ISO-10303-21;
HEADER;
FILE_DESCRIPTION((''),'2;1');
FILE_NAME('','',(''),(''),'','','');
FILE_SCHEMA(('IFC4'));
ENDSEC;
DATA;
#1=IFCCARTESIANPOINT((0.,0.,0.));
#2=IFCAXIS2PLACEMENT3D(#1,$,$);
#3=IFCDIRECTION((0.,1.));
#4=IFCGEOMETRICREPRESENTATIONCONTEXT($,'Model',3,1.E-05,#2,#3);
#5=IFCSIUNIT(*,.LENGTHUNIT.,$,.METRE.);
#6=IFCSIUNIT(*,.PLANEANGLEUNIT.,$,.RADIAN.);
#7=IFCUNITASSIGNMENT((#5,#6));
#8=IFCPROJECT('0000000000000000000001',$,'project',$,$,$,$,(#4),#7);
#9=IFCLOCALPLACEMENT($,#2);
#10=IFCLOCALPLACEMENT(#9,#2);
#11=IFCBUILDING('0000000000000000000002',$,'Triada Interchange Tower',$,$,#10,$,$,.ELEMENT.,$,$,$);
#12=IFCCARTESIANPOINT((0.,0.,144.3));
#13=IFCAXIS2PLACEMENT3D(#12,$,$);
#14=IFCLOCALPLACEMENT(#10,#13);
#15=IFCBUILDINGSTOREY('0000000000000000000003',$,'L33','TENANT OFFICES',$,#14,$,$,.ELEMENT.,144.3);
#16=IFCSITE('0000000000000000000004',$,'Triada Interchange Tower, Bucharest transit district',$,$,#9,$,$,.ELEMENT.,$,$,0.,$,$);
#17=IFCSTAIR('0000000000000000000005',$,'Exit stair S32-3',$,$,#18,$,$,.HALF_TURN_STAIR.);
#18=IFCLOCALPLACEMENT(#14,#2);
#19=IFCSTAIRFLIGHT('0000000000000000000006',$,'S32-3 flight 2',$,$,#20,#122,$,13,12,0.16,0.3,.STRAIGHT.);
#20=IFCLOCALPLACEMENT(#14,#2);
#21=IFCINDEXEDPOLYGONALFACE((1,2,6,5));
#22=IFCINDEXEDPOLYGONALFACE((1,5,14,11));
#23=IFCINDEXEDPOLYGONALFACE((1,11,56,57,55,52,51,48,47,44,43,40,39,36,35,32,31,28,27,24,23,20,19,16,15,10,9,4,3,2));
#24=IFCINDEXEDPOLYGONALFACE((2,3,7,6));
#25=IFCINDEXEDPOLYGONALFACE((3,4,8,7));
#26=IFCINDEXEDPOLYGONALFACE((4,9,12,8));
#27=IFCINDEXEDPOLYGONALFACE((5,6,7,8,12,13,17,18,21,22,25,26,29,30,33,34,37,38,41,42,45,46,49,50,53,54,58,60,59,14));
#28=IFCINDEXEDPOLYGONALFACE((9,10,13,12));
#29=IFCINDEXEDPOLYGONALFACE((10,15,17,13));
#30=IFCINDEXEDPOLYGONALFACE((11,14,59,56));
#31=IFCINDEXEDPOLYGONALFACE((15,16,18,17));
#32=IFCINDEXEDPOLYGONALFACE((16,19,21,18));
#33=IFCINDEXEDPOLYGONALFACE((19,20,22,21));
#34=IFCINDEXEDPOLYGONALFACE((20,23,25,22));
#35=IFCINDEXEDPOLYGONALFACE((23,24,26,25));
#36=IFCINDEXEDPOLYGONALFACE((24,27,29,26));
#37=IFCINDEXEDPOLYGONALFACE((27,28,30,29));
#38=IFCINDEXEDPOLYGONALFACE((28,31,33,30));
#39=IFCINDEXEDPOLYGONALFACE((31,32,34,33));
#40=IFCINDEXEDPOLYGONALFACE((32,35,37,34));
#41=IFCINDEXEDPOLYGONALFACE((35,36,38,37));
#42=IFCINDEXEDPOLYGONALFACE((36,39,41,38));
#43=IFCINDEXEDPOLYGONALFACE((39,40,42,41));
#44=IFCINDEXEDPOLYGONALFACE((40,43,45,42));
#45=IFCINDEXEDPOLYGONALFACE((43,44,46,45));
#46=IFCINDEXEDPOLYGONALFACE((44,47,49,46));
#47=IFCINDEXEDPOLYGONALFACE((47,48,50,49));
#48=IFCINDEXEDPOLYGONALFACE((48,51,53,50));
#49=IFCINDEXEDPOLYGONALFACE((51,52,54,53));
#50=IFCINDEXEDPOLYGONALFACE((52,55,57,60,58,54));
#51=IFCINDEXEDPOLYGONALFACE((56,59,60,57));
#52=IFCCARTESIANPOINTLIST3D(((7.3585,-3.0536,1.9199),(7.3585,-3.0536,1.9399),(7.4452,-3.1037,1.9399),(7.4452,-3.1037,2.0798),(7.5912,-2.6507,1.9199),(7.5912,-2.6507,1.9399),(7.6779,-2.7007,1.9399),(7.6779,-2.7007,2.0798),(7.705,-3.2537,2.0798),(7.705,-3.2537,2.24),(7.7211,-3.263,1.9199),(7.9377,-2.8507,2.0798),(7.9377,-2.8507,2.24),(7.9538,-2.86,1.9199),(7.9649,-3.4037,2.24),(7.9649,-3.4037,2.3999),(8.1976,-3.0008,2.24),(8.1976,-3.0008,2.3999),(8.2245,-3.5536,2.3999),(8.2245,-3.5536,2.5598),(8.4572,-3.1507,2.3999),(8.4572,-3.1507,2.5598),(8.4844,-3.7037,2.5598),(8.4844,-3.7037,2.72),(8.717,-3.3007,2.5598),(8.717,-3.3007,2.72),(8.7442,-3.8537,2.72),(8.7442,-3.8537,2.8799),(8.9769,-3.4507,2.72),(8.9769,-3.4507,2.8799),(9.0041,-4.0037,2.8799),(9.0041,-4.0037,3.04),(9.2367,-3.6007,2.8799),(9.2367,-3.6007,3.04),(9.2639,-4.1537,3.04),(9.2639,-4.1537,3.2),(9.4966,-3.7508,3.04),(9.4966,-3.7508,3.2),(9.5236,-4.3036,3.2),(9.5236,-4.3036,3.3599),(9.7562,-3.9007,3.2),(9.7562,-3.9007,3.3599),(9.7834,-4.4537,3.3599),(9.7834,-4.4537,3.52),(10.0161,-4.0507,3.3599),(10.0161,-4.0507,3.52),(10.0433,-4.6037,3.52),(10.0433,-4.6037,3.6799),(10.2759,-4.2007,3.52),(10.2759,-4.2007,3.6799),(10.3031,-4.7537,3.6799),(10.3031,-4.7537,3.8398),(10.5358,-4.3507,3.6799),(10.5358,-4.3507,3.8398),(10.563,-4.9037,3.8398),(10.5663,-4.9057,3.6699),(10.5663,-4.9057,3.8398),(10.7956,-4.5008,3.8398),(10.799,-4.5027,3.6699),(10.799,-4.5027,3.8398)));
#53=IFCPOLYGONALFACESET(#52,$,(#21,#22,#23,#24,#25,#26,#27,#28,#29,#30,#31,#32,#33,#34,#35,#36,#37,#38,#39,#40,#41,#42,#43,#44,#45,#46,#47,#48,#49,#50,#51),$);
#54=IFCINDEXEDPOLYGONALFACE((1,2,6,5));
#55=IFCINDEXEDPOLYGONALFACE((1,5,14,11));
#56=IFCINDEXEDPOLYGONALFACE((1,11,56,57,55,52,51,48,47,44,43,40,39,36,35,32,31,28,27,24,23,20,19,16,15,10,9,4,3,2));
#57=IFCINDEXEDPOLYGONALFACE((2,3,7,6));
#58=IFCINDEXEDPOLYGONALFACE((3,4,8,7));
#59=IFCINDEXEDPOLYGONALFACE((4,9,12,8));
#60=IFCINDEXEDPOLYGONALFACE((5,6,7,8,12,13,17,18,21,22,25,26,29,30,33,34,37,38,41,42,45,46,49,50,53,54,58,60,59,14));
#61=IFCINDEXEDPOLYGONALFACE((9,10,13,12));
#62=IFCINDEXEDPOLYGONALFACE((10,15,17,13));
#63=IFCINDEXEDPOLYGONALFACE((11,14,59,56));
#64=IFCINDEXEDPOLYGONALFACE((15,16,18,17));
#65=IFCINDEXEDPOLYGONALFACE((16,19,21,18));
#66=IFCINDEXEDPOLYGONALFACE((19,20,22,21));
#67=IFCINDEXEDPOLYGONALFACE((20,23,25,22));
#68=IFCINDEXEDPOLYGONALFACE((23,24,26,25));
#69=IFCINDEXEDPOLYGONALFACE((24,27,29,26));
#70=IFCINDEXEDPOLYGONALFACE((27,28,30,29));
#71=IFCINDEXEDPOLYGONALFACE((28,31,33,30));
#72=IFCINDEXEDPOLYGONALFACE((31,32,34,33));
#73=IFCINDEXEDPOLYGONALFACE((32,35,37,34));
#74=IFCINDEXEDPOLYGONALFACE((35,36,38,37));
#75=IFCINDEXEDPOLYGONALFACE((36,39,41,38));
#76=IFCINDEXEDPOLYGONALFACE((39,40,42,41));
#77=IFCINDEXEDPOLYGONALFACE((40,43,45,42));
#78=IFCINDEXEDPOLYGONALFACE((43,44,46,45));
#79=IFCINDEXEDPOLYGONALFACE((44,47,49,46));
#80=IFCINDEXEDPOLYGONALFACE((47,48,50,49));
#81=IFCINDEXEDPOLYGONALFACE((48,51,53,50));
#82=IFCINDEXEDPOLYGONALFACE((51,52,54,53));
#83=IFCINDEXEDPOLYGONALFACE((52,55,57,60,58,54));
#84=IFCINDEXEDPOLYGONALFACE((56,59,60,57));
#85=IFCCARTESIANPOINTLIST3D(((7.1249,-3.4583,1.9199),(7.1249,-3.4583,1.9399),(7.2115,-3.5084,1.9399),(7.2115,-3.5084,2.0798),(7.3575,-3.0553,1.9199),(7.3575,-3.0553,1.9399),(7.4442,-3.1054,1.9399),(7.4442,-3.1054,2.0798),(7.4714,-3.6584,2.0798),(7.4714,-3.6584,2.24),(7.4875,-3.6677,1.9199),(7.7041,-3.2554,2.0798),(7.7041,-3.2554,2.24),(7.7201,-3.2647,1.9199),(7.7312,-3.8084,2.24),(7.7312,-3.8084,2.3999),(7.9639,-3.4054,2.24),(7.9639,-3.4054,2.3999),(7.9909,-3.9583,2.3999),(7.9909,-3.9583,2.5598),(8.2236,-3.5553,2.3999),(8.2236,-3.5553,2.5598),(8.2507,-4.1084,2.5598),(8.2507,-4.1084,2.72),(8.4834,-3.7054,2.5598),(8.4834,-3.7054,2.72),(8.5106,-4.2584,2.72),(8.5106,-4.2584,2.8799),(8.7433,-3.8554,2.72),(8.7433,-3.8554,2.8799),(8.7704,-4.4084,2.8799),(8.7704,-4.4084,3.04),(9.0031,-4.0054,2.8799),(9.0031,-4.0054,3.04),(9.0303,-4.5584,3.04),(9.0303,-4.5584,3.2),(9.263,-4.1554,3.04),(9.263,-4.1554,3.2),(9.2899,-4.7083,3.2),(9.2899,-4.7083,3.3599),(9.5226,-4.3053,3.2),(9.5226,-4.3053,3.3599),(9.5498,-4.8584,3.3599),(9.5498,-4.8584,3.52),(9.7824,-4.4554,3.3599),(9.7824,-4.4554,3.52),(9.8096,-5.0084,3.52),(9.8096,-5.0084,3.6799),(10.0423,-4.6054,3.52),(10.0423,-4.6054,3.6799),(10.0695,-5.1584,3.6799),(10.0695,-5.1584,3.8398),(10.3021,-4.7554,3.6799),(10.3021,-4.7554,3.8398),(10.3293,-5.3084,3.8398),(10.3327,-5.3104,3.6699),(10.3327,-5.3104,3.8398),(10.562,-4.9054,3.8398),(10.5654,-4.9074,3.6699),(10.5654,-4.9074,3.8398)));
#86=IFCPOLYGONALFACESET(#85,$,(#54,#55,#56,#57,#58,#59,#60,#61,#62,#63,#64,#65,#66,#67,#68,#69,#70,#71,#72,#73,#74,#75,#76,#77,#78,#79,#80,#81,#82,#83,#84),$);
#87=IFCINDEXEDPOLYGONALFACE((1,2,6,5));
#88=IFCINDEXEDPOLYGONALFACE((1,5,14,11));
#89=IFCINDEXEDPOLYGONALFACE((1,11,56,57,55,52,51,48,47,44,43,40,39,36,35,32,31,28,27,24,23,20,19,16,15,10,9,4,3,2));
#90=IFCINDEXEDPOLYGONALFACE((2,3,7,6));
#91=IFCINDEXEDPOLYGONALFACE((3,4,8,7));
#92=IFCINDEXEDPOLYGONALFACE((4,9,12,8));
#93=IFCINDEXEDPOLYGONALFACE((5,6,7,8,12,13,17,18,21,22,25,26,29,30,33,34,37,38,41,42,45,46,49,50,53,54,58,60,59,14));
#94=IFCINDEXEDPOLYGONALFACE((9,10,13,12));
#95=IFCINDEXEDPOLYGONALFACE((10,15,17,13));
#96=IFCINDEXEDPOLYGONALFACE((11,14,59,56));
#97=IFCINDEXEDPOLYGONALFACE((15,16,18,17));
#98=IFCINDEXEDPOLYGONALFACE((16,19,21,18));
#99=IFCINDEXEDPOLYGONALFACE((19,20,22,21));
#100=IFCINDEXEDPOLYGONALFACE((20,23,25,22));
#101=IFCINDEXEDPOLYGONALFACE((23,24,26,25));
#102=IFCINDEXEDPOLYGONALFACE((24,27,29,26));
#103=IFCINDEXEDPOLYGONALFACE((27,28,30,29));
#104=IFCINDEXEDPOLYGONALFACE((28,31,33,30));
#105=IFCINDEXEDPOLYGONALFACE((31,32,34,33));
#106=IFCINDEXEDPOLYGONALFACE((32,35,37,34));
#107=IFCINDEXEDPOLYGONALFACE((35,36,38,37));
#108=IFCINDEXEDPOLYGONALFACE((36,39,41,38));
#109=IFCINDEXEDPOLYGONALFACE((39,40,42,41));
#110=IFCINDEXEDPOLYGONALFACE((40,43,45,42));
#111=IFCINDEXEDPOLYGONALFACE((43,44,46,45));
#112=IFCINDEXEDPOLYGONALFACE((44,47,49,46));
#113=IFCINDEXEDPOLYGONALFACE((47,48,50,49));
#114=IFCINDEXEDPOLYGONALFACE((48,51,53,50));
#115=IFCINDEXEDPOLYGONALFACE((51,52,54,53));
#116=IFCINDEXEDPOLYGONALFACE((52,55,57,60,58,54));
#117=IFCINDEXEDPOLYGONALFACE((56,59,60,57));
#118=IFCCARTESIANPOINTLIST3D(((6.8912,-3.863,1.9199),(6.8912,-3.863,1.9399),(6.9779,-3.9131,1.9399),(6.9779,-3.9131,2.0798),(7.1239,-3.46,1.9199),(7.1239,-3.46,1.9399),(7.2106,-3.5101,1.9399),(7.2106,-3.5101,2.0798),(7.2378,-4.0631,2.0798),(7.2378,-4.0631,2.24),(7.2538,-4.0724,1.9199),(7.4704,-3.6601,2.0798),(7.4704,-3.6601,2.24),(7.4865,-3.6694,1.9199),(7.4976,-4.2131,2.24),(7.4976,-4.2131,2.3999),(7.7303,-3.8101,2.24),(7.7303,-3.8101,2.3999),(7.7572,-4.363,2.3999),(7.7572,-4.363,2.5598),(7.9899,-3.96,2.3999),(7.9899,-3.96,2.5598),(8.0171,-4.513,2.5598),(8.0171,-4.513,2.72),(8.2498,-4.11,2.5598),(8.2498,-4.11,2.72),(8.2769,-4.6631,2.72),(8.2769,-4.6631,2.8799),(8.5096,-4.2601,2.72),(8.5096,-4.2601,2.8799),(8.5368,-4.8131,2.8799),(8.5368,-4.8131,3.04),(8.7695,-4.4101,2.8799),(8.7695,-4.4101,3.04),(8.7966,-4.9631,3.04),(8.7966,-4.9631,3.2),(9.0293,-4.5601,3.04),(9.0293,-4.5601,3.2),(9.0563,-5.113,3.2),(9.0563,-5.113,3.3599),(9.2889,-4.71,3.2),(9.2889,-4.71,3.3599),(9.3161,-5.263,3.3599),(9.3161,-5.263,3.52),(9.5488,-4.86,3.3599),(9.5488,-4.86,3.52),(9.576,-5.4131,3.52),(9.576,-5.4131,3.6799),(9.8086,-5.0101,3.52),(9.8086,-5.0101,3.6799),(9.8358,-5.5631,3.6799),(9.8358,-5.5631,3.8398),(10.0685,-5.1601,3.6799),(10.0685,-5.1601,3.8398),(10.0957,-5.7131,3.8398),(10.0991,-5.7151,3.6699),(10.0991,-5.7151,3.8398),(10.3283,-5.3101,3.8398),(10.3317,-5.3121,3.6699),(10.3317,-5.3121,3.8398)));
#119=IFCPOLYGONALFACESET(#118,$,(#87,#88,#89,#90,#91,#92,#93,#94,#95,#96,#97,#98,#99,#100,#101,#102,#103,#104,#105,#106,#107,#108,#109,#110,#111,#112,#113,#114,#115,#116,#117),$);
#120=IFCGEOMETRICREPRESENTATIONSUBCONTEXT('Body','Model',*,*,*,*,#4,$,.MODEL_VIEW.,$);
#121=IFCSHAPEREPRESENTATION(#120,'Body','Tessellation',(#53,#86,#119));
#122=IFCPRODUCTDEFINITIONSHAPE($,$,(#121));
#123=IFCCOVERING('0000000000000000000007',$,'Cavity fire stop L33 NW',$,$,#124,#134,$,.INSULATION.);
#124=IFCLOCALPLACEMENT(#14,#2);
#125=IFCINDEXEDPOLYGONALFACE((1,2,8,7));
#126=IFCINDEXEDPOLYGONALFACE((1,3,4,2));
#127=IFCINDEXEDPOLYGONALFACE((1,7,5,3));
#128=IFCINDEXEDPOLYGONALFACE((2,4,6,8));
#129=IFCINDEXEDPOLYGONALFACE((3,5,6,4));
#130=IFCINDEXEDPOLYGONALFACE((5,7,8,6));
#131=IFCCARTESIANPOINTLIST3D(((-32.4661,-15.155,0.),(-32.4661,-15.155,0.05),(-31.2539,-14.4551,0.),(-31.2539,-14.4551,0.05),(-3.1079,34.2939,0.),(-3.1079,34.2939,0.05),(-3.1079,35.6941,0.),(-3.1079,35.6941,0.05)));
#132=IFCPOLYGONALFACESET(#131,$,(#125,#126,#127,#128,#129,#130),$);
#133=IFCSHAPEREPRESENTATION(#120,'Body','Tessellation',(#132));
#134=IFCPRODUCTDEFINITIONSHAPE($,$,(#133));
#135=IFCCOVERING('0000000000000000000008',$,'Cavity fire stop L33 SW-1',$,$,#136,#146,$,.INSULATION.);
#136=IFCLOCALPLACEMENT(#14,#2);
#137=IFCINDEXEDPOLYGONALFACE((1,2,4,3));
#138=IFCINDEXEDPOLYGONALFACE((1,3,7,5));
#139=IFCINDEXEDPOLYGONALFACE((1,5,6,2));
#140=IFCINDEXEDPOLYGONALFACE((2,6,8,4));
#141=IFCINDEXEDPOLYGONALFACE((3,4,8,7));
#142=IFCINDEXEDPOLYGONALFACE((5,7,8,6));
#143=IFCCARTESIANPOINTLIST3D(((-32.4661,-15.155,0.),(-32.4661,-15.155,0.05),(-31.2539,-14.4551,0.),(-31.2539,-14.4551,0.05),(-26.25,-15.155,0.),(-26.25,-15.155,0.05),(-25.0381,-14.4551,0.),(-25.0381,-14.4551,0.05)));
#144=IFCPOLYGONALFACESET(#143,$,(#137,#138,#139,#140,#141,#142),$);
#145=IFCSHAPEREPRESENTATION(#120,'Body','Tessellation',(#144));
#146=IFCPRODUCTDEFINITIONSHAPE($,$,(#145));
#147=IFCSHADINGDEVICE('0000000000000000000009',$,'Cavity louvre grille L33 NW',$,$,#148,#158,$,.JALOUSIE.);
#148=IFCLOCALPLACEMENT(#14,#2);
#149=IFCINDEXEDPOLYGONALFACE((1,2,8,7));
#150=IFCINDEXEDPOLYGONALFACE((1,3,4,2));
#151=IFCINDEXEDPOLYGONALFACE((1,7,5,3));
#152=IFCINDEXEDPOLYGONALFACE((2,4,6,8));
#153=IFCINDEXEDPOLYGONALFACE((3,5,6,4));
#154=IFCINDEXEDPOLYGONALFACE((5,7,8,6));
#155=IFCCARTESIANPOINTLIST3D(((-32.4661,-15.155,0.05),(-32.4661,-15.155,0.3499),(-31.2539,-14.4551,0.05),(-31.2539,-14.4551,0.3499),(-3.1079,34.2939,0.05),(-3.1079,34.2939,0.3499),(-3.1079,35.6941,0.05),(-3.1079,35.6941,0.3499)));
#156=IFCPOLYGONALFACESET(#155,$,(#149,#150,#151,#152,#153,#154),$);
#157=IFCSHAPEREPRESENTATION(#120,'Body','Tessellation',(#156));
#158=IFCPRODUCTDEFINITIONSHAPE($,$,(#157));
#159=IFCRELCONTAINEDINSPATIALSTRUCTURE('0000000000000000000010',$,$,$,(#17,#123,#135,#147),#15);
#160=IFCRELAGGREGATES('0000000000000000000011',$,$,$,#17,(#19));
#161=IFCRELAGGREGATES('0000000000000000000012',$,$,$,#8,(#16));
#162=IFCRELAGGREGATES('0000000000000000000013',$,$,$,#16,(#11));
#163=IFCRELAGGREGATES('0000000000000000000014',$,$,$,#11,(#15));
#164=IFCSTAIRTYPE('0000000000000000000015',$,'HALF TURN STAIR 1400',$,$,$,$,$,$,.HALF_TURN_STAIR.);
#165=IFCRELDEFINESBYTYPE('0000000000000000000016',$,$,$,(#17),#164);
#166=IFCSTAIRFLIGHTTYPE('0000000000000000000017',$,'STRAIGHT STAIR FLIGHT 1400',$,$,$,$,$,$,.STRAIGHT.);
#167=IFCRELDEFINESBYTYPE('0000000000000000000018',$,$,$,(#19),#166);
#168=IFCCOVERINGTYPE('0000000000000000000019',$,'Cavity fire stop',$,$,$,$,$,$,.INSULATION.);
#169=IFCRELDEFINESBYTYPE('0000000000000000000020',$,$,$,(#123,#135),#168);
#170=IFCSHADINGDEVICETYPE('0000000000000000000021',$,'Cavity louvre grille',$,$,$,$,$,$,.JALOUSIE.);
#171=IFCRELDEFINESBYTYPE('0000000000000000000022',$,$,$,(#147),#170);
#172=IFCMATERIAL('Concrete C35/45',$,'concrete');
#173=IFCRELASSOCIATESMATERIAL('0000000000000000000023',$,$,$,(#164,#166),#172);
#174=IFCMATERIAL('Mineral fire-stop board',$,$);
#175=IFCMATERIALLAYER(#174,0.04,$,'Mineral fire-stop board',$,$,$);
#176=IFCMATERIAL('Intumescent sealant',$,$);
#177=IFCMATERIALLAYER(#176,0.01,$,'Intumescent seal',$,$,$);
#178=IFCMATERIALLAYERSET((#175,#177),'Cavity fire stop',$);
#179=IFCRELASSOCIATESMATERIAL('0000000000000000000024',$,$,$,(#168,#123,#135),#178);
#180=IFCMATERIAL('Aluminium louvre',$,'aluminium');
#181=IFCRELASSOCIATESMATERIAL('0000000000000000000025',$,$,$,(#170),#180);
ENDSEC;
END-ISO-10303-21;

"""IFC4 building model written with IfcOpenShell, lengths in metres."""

from ifc_helpers import new_model, si_unit, direction, frame, origin, place, context, subcontext, project, spatial, polyline, outline, extrude, material, layer, layer_set, layer_usage, type_object, element, aggregate, save


model = new_model("IFC4")

# Units and contexts
model_context = context("Model", 3, precision=1e-05, world=origin(), true_north=direction((0.0, 1.0)))
body_context = subcontext(model_context, "Body", "Model", "MODEL_VIEW")
ifc_project = project(units=[si_unit("LENGTHUNIT", "METRE"), si_unit("PLANEANGLEUNIT", "RADIAN")], contexts=[model_context])

# Site, building, storey
site_placement = place(None, origin())
site = spatial("IfcSite", under=ifc_project, at=site_placement, Name="Triada Interchange Tower, Bucharest transit district", CompositionType="ELEMENT", RefElevation=0.0)
building_placement = place(site_placement, origin())
building = spatial("IfcBuilding", under=site, at=building_placement, Name="Triada Interchange Tower", CompositionType="ELEMENT")
storey_placement = place(building_placement, frame((0.0, 0.0, 144.3)))
storey = spatial("IfcBuildingStorey", under=building, at=storey_placement, Name="L33", Description="TENANT OFFICES", CompositionType="ELEMENT", Elevation=144.3)

# Stair, stair flight
ifc_material_1 = material(Name="Concrete C35/45", Category="concrete")
stair_type = type_object("IfcStairType", Name="HALF TURN STAIR 1400", PredefinedType="HALF_TURN_STAIR", material=ifc_material_1)
stair_placement = place(storey_placement, origin())
stair = element("IfcStair", 1, at=stair_placement, inside=storey, type_object=stair_type, Name="Exit stair S32-3", PredefinedType="HALF_TURN_STAIR")
stair_flight_type = type_object("IfcStairFlightType", Name="STRAIGHT STAIR FLIGHT 1400", PredefinedType="STRAIGHT", material=ifc_material_1)
stair_flight_1_placement = place(storey_placement, frame((7.3279, -3.3069, 1.9199), z_axis=(0.0, 0.0, 1.0), x_axis=(0.866025, -0.5, 0.0)))
stair_flight_1 = element("IfcStairFlight", 2, at=stair_flight_1_placement, type_object=stair_flight_type, Name="S32-3 flight 2", NumberOfRisers=13, NumberOfTreads=12, PredefinedType="STRAIGHT", RiserHeight=0.16, TreadLength=0.3, context=body_context, shape_type="SweptSolid", body=[
    extrude(outline(polyline([(-0.1001, 0.0), (-0.1001, 0.02), (0.0, 0.02), (0.0, 0.1599), (0.3, 0.1599), (0.3, 0.3201), (0.6001, 0.3201), (0.6001, 0.48), (0.8999, 0.48), (0.8999, 0.6399), (1.2, 0.6399), (1.2, 0.8), (1.5, 0.8), (1.5, 0.96), (1.8, 0.96), (1.8, 1.1201), (2.1001, 1.1201), (2.1001, 1.28), (2.3999, 1.28), (2.3999, 1.4399), (2.7, 1.4399), (2.7, 1.6001), (3.0, 1.6001), (3.0, 1.76), (3.3, 1.76), (3.3, 1.9199), (3.6001, 1.9199), (3.604, 1.9199), (3.604, 2.0801), (3.604, 1.75), (0.3186, 0.0), (-0.1001, 0.0)])), frame((0.0, 0.7, 0.0), z_axis=(0.0, -1.0, 0.0), x_axis=(1.0, 0.0, 0.0)), (0.0, 0.0, 1.0), 0.4653),
    extrude(outline(polyline([(-0.1001, 0.0), (-0.1001, 0.02), (0.0, 0.02), (0.0, 0.1599), (0.3, 0.1599), (0.3, 0.3201), (0.6001, 0.3201), (0.6001, 0.48), (0.8999, 0.48), (0.8999, 0.6399), (1.2, 0.6399), (1.2, 0.8), (1.5, 0.8), (1.5, 0.96), (1.8, 0.96), (1.8, 1.1201), (2.1001, 1.1201), (2.1001, 1.28), (2.3999, 1.28), (2.3999, 1.4399), (2.7, 1.4399), (2.7, 1.6001), (3.0, 1.6001), (3.0, 1.76), (3.3, 1.76), (3.3, 1.9199), (3.6001, 1.9199), (3.604, 1.9199), (3.604, 2.0801), (3.604, 1.75), (0.3186, 0.0), (-0.1001, 0.0)])), frame((0.0, 0.2327, 0.0), z_axis=(0.0, -1.0, 0.0), x_axis=(1.0, 0.0, 0.0)), (0.0, 0.0, 1.0), 0.4653),
    extrude(outline(polyline([(-0.1001, 0.0), (-0.1001, 0.02), (0.0, 0.02), (0.0, 0.1599), (0.3, 0.1599), (0.3, 0.3201), (0.6001, 0.3201), (0.6001, 0.48), (0.8999, 0.48), (0.8999, 0.6399), (1.2, 0.6399), (1.2, 0.8), (1.5, 0.8), (1.5, 0.96), (1.8, 0.96), (1.8, 1.1201), (2.1001, 1.1201), (2.1001, 1.28), (2.3999, 1.28), (2.3999, 1.4399), (2.7, 1.4399), (2.7, 1.6001), (3.0, 1.6001), (3.0, 1.76), (3.3, 1.76), (3.3, 1.9199), (3.6001, 1.9199), (3.604, 1.9199), (3.604, 2.0801), (3.604, 1.75), (0.3186, 0.0), (-0.1001, 0.0)])), frame((0.0, -0.2346, 0.0), z_axis=(0.0, -1.0, 0.0), x_axis=(1.0, 0.0, 0.0)), (0.0, 0.0, 1.0), 0.4653),
])

# Coverings
ifc_material_2 = material(Name="Mineral fire-stop board")
ifc_layer_1 = layer(ifc_material_2, 0.04, Name="Mineral fire-stop board")
ifc_material_3 = material(Name="Intumescent sealant")
ifc_layer_2 = layer(ifc_material_3, 0.01, Name="Intumescent seal")
ifc_layer_set_1 = layer_set([ifc_layer_1, ifc_layer_2], Name="Cavity fire stop")
ifc_layer_usage = layer_usage(ifc_layer_set_1, "AXIS3", "POSITIVE", 0.0)
covering_type = type_object("IfcCoveringType", Name="Cavity fire stop", PredefinedType="INSULATION", material=ifc_layer_set_1)
covering_1_placement = place(storey_placement, origin())
element("IfcCovering", 3, at=covering_1_placement, inside=storey, type_object=covering_type, material=ifc_layer_usage, Name="Cavity fire stop L33 NW", PredefinedType="INSULATION", context=body_context, shape_type="SweptSolid", body=[
    extrude(outline(polyline([(-3.1079, 34.2939), (-3.1079, 35.6941), (-32.4661, -15.155), (-31.2539, -14.4551), (-3.1079, 34.2939)])), origin(), (0.0, 0.0, 1.0), 0.05),
])
covering_2_placement = place(storey_placement, origin())
element("IfcCovering", 4, at=covering_2_placement, inside=storey, type_object=covering_type, material=ifc_layer_usage, Name="Cavity fire stop L33 SW-1", PredefinedType="INSULATION", context=body_context, shape_type="SweptSolid", body=[
    extrude(outline(polyline([(-31.2539, -14.4551), (-32.4661, -15.155), (-26.25, -15.155), (-25.0381, -14.4551), (-31.2539, -14.4551)])), origin(), (0.0, 0.0, 1.0), 0.05),
])

# Shading device
ifc_material_4 = material(Name="Aluminium louvre", Category="aluminium")
shading_device_type = type_object("IfcShadingDeviceType", Name="Cavity louvre grille", PredefinedType="JALOUSIE", material=ifc_material_4)
shading_device_placement = place(storey_placement, frame((0.0, 0.0, 0.05)))
element("IfcShadingDevice", 5, at=shading_device_placement, inside=storey, type_object=shading_device_type, Name="Cavity louvre grille L33 NW", PredefinedType="JALOUSIE", context=body_context, shape_type="SweptSolid", body=[
    extrude(outline(polyline([(-3.1079, 34.2939), (-3.1079, 35.6941), (-32.4661, -15.155), (-31.2539, -14.4551), (-3.1079, 34.2939)])), origin(), (0.0, 0.0, 1.0), 0.2998),
])

aggregate(stair, [stair_flight_1])

save(model, "model.ifc")
